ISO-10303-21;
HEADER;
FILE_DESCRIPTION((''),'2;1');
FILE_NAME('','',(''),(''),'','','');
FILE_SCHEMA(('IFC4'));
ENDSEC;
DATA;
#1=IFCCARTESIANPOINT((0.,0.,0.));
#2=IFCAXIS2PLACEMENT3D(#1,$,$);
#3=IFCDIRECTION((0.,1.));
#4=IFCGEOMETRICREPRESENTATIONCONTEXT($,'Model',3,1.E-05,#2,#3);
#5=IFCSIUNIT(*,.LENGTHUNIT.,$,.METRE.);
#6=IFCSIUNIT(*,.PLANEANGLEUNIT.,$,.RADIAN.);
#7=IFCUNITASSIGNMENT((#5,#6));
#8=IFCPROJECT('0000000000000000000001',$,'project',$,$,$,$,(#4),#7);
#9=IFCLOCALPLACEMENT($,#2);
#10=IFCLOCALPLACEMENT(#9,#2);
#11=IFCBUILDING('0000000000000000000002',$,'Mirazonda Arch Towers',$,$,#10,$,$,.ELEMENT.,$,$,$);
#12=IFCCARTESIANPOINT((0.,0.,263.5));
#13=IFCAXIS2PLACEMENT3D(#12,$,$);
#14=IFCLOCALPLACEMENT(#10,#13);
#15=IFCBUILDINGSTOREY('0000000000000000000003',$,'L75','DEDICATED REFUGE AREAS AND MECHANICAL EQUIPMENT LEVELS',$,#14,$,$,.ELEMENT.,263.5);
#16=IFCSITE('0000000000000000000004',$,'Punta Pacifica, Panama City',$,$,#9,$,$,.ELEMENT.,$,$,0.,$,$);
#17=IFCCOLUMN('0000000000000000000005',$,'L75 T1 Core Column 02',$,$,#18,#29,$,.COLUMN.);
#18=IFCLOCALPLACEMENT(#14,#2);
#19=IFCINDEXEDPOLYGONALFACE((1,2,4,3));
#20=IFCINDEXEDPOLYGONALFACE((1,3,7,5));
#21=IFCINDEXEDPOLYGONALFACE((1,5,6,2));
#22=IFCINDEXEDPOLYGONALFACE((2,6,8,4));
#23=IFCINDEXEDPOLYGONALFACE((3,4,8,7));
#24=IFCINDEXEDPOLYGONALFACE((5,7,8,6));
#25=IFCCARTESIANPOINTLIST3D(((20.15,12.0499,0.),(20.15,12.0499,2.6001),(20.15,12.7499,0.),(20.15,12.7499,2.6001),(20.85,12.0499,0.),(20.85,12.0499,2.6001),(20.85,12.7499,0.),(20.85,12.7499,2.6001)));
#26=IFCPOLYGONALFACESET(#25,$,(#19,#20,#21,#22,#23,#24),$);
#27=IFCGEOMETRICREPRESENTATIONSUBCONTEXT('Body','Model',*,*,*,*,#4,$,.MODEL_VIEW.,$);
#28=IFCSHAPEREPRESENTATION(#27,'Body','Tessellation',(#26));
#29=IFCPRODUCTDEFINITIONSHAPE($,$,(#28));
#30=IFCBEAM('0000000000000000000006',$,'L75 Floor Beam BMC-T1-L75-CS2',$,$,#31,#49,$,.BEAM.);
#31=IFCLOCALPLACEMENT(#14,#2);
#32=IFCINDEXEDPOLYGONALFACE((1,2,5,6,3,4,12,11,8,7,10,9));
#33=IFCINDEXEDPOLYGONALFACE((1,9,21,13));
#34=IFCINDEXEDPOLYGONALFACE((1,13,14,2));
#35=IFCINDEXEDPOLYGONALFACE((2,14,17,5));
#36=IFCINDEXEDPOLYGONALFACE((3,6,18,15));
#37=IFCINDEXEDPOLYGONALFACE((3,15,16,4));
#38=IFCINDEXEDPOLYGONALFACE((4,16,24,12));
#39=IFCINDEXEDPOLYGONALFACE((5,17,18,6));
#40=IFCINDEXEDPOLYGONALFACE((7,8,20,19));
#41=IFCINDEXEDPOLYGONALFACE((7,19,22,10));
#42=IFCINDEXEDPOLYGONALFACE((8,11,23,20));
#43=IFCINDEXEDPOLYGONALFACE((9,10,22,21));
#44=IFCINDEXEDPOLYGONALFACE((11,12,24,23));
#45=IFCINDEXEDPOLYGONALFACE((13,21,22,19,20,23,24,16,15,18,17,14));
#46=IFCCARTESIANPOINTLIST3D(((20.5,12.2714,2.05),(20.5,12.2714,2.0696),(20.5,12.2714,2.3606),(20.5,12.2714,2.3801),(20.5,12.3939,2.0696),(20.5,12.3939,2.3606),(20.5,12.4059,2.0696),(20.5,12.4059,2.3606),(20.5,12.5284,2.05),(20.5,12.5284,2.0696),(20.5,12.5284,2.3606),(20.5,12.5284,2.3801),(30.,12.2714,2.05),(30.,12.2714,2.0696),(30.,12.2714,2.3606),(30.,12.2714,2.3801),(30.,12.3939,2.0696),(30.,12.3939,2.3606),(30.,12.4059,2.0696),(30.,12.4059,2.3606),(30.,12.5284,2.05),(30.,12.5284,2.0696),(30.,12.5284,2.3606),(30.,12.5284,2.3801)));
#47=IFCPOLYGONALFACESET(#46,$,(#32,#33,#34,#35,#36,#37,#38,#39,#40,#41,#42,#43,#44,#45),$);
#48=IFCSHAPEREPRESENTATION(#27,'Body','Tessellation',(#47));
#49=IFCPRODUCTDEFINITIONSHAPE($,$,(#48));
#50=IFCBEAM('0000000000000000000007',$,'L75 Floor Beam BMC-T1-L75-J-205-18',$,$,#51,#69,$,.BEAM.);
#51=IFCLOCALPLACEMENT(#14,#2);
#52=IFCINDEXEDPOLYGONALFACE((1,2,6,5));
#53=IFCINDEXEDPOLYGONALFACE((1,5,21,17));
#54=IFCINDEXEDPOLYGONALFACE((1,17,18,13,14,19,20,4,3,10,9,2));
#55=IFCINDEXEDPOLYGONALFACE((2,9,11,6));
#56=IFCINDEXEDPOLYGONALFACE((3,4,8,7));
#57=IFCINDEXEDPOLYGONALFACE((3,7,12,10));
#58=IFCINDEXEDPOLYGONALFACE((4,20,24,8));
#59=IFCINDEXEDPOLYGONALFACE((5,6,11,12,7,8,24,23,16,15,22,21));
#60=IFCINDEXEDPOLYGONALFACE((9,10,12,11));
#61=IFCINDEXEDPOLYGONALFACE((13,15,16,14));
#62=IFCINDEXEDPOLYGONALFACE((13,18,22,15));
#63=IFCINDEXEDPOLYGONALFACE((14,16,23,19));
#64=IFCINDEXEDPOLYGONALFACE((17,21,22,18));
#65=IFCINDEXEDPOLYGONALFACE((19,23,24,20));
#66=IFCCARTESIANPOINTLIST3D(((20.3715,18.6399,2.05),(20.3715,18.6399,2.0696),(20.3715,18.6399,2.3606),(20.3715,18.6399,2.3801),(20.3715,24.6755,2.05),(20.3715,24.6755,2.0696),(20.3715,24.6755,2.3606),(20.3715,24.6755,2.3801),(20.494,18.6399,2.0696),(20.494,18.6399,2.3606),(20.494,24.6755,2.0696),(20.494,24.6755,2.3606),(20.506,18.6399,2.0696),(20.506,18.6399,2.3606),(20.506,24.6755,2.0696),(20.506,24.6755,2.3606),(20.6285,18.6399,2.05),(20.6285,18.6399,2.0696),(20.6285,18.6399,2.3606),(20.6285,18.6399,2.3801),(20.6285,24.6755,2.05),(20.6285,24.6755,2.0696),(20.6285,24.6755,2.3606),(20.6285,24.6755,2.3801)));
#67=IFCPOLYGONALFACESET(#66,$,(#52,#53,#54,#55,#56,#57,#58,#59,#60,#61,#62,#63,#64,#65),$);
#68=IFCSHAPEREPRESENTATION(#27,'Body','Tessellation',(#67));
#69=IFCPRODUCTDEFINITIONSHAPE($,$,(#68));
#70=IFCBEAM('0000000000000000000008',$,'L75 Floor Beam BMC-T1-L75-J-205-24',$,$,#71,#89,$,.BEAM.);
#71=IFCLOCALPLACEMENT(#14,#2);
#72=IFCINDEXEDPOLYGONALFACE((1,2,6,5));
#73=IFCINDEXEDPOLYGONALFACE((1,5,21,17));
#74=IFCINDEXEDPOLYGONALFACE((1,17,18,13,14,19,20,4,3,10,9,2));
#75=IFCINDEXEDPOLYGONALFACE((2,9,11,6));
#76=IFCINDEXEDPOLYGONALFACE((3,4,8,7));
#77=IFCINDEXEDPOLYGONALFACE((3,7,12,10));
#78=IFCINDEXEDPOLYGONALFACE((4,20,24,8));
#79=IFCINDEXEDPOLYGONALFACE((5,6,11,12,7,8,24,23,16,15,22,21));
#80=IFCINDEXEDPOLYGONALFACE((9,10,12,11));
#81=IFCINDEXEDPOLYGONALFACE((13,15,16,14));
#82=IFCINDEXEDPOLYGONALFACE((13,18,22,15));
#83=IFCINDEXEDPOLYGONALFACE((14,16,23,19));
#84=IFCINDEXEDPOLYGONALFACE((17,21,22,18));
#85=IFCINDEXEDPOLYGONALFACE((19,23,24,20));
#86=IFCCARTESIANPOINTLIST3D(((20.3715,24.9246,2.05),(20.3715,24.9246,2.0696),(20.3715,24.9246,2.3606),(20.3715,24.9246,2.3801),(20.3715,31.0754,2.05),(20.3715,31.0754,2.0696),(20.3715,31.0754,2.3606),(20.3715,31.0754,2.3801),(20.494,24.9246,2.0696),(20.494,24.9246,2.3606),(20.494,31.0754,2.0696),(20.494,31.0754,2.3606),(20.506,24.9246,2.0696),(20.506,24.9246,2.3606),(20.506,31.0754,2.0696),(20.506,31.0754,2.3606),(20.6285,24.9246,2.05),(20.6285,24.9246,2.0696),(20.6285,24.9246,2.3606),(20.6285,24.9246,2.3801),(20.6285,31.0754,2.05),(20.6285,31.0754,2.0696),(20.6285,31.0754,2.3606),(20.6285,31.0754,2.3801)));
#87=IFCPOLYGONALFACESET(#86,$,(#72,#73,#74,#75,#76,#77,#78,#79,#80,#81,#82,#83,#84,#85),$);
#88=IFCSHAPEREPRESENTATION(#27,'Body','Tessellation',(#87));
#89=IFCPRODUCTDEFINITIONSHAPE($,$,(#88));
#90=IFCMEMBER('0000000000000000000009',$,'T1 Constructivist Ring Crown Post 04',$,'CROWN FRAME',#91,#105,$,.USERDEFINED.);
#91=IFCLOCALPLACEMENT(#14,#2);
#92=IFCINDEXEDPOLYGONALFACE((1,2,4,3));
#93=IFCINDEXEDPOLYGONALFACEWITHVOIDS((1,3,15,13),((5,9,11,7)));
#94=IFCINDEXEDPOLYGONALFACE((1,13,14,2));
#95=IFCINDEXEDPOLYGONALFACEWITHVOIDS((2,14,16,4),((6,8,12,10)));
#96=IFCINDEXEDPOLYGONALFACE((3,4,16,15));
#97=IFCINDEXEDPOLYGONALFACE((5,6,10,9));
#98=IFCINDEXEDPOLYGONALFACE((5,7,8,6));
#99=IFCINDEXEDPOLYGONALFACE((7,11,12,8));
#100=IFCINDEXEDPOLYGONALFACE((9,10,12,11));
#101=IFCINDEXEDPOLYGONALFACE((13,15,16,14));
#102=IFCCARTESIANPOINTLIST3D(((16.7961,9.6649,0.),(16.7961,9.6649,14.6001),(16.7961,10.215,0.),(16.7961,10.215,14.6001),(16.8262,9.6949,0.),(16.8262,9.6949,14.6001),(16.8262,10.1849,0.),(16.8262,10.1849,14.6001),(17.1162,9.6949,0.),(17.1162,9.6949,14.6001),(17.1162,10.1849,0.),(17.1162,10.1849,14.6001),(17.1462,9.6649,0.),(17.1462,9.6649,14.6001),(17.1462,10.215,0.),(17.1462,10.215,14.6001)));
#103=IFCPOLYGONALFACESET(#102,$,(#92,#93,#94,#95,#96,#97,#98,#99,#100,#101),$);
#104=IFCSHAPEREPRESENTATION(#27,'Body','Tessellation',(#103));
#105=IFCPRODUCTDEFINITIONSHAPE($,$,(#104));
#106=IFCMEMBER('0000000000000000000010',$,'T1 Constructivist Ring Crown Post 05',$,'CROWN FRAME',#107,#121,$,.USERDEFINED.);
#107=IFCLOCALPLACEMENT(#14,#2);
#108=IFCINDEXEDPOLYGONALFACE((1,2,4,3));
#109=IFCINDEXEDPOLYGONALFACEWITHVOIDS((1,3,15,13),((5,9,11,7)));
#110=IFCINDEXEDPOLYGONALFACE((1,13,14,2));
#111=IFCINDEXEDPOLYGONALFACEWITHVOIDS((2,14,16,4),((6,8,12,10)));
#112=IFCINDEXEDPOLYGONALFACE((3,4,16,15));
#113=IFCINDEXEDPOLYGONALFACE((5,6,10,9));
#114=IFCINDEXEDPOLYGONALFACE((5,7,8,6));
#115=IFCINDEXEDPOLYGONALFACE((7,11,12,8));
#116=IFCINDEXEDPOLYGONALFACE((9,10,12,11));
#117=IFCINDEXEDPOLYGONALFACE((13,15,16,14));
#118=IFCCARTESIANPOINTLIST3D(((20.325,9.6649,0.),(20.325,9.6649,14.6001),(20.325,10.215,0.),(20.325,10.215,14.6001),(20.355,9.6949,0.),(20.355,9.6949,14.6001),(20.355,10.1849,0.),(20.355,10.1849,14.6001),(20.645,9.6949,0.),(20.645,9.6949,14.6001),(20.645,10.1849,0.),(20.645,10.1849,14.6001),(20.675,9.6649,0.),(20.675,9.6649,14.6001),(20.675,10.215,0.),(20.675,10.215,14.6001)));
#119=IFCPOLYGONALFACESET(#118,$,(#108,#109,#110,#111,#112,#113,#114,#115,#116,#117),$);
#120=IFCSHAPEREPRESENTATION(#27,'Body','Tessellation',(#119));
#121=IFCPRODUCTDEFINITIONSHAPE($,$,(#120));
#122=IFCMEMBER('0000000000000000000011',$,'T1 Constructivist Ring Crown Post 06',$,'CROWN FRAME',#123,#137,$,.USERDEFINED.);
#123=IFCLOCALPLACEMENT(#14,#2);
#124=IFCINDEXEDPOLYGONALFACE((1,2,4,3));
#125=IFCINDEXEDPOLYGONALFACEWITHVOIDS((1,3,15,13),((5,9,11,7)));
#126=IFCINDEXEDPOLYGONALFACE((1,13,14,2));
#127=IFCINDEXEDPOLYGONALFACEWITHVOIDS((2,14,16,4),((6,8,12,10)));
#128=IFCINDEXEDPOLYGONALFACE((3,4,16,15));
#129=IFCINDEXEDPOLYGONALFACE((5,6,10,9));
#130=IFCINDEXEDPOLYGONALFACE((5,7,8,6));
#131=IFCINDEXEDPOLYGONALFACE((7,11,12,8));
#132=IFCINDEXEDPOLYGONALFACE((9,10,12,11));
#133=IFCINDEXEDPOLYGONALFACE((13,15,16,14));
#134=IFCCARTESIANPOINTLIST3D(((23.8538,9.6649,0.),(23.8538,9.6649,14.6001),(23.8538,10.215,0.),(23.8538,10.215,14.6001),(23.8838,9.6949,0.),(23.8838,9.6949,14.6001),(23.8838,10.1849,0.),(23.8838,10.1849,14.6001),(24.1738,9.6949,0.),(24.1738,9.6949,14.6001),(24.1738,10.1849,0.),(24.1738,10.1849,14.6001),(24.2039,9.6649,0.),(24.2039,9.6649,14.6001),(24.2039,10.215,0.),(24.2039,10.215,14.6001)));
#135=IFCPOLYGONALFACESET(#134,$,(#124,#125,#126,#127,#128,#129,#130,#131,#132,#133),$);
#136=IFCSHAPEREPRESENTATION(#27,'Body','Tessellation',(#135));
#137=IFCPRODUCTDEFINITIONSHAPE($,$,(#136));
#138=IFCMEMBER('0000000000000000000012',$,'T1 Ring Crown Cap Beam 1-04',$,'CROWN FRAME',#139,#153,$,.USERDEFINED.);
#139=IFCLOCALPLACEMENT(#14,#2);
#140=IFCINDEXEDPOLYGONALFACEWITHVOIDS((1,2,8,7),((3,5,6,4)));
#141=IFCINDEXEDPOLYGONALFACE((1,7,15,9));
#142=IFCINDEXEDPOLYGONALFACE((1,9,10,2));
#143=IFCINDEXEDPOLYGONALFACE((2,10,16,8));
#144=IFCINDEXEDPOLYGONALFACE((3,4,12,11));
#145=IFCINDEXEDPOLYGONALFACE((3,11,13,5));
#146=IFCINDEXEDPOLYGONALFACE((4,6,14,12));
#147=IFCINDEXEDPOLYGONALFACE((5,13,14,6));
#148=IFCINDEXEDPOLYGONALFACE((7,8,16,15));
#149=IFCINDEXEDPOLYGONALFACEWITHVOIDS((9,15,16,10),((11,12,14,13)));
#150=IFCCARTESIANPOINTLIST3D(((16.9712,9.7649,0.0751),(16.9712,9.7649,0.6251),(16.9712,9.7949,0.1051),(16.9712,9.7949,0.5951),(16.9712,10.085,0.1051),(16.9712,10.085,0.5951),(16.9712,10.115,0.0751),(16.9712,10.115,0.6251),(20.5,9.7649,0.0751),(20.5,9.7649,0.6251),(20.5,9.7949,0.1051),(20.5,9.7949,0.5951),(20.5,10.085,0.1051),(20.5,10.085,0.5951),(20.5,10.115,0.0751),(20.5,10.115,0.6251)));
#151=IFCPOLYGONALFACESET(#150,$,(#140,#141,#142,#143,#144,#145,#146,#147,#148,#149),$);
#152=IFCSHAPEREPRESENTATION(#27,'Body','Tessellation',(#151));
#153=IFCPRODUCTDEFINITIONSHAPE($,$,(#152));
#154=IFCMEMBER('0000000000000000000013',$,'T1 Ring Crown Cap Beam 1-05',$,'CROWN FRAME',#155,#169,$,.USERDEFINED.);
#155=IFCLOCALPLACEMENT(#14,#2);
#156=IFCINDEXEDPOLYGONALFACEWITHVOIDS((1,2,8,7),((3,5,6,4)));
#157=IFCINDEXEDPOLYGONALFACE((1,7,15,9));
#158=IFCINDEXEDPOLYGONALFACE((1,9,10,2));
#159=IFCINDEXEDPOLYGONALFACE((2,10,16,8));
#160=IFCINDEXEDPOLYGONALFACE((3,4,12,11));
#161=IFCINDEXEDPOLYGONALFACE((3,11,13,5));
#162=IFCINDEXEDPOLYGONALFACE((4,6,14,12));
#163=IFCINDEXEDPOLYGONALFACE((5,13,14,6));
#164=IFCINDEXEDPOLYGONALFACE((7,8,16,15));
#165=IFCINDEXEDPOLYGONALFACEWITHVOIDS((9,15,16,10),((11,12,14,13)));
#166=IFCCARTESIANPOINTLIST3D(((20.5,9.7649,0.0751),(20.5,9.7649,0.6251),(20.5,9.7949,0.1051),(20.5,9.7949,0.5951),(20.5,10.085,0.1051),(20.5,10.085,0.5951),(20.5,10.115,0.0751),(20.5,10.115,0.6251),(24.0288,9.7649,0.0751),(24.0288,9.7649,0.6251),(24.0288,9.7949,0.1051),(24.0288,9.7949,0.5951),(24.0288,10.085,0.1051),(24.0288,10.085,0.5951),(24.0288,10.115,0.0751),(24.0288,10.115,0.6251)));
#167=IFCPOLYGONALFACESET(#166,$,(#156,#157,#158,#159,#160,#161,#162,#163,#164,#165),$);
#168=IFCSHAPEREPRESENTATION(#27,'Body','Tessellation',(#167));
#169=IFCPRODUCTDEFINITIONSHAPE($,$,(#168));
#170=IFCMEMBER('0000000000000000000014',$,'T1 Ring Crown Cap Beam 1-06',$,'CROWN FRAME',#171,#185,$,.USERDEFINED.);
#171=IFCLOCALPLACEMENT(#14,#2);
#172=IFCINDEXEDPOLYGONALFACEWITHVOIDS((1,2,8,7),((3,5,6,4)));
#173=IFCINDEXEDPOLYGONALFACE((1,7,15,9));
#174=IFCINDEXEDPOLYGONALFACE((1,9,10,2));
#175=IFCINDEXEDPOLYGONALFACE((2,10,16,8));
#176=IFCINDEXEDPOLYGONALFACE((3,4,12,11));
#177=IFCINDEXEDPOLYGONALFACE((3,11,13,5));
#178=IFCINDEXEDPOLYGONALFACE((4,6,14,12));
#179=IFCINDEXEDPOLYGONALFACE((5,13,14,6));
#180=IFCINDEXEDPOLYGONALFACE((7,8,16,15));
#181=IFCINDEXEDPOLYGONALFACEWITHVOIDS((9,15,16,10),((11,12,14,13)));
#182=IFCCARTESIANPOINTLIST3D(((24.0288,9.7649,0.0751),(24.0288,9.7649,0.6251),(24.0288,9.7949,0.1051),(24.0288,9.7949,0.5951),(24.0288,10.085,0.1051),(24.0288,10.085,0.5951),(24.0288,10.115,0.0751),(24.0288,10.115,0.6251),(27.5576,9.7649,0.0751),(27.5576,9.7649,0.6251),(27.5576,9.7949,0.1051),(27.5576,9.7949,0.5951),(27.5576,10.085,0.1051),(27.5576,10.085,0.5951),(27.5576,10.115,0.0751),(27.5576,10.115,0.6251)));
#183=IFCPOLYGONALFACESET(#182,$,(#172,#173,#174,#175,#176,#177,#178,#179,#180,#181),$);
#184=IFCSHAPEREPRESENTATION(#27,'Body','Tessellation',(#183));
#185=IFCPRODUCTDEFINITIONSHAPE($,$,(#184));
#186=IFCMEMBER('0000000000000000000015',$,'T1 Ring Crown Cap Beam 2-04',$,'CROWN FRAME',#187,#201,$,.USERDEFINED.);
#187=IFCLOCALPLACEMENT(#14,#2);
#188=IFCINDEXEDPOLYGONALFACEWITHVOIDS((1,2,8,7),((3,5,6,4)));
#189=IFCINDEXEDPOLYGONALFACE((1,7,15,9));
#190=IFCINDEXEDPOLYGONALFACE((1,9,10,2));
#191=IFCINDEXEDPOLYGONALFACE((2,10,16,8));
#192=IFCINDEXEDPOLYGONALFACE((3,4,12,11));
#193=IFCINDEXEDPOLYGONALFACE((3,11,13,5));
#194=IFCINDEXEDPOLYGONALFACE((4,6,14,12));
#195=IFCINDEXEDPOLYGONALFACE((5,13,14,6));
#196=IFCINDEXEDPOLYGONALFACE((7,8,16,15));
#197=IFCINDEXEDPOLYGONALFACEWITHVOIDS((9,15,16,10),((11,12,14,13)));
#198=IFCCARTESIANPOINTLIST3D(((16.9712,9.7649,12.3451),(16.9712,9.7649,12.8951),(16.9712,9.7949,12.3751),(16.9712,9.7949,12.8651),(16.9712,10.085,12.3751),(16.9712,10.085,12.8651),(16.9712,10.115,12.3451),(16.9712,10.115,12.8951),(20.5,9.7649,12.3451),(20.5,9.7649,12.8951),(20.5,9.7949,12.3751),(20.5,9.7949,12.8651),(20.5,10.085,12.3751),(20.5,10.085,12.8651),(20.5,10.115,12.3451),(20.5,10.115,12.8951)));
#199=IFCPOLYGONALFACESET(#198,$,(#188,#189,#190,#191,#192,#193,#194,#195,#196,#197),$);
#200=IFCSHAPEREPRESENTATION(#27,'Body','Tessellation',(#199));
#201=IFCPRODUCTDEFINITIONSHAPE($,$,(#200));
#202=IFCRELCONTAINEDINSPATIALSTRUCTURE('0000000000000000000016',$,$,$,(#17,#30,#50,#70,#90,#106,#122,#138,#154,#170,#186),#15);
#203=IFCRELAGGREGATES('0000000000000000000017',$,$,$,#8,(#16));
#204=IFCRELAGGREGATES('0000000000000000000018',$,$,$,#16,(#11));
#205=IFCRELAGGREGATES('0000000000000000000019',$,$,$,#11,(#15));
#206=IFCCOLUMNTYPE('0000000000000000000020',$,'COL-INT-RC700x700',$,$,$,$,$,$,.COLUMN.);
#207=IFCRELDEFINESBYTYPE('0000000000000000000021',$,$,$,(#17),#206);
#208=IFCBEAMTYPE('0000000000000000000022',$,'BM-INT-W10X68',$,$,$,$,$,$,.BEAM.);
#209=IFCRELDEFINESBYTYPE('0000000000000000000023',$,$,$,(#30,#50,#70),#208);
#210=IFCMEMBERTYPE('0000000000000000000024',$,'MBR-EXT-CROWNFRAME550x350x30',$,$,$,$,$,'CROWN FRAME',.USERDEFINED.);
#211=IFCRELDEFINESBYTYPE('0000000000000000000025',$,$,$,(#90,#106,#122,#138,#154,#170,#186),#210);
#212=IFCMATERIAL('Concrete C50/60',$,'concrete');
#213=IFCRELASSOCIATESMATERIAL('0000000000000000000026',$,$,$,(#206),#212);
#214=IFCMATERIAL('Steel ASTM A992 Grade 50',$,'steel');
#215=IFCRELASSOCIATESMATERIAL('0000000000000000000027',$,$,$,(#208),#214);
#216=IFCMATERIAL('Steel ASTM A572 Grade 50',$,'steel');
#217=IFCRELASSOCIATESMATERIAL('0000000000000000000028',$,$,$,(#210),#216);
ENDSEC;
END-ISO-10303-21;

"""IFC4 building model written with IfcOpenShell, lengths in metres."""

from ifc_helpers import new_model, si_unit, direction, frame, origin, origin_2d, place, context, subcontext, project, spatial, rectangle, hollow_rectangle, i_section, extrude, material, material_profile, profile_set, type_object, element, save


model = new_model("IFC4")

# Units and contexts
model_context = context("Model", 3, precision=1e-05, world=origin(), true_north=direction((0.0, 1.0)))
body_context = subcontext(model_context, "Body", "Model", "MODEL_VIEW")
ifc_project = project(units=[si_unit("LENGTHUNIT", "METRE"), si_unit("PLANEANGLEUNIT", "RADIAN")], contexts=[model_context])

# Site, building, storey
site_placement = place(None, origin())
site = spatial("IfcSite", under=ifc_project, at=site_placement, Name="Punta Pacifica, Panama City", CompositionType="ELEMENT", RefElevation=0.0)
building_placement = place(site_placement, origin())
building = spatial("IfcBuilding", under=site, at=building_placement, Name="Mirazonda Arch Towers", CompositionType="ELEMENT")
storey_placement = place(building_placement, frame((0.0, 0.0, 263.5)))
storey = spatial("IfcBuildingStorey", under=building, at=storey_placement, Name="L75", Description="DEDICATED REFUGE AREAS AND MECHANICAL EQUIPMENT LEVELS", CompositionType="ELEMENT", Elevation=263.5)

# Column
ifc_material_1 = material(Name="Concrete C50/60", Category="concrete")
ifc_material_profile_1 = material_profile(ifc_material_1, rectangle(XDim=0.7, YDim=0.7, at=origin_2d()), Name="RC700x700")
ifc_profile_set_1 = profile_set([ifc_material_profile_1], Name="Concrete C50/60")
column_type = type_object("IfcColumnType", Name="COL-INT-RC700x700", PredefinedType="COLUMN", material=ifc_profile_set_1)
column_placement = place(storey_placement, frame((20.5, 12.3999, 0.0), z_axis=(0.0, 0.0, 1.0), x_axis=(1.0, 0.0, 0.0)))
element("IfcColumn", 1, at=column_placement, inside=storey, type_object=column_type, Name="L75 T1 Core Column 02", PredefinedType="COLUMN", context=body_context, shape_type="SweptSolid", body=[
    extrude(rectangle(XDim=0.7, YDim=0.7, at=origin_2d()), origin(), (0.0, 0.0, 1.0), 2.6001),
])

# Beams
ifc_material_2 = material(Name="Steel ASTM A992 Grade 50", Category="steel")
ifc_material_profile_2 = material_profile(ifc_material_2, i_section(OverallWidth=0.2571, OverallDepth=0.3301, WebThickness=0.012, FlangeThickness=0.0195, at=origin_2d()), Name="W10X68")
ifc_profile_set_2 = profile_set([ifc_material_profile_2], Name="Steel ASTM A992 Grade 50")
beam_type = type_object("IfcBeamType", Name="BM-INT-W10X68", PredefinedType="BEAM", material=ifc_profile_set_2)
beam_1_placement = place(storey_placement, frame((20.5, 12.3999, 2.2151), z_axis=(1.0, 0.0, 0.0), x_axis=(0.0, 1.0, 0.0)))
element("IfcBeam", 2, at=beam_1_placement, inside=storey, type_object=beam_type, Name="L75 Floor Beam BMC-T1-L75-CS2", PredefinedType="BEAM", context=body_context, shape_type="SweptSolid", body=[
    extrude(i_section(OverallWidth=0.2571, OverallDepth=0.3301, WebThickness=0.012, FlangeThickness=0.0195, at=origin_2d()), origin(), (0.0, 0.0, 1.0), 9.5),
])
beam_2_placement = place(storey_placement, frame((20.5, 18.6399, 2.2151), z_axis=(0.0, 1.0, 0.0), x_axis=(-1.0, 0.0, 0.0)))
element("IfcBeam", 3, at=beam_2_placement, inside=storey, type_object=beam_type, Name="L75 Floor Beam BMC-T1-L75-J-205-18", PredefinedType="BEAM", context=body_context, shape_type="SweptSolid", body=[
    extrude(i_section(OverallWidth=0.2571, OverallDepth=0.3301, WebThickness=0.012, FlangeThickness=0.0195, at=origin_2d()), origin(), (0.0, 0.0, 1.0), 6.0356),
])
beam_3_placement = place(storey_placement, frame((20.5, 24.9246, 2.2151), z_axis=(0.0, 1.0, 0.0), x_axis=(-1.0, 0.0, 0.0)))
element("IfcBeam", 4, at=beam_3_placement, inside=storey, type_object=beam_type, Name="L75 Floor Beam BMC-T1-L75-J-205-24", PredefinedType="BEAM", context=body_context, shape_type="SweptSolid", body=[
    extrude(i_section(OverallWidth=0.2571, OverallDepth=0.3301, WebThickness=0.012, FlangeThickness=0.0195, at=origin_2d()), origin(), (0.0, 0.0, 1.0), 6.1509),
])

# Members
ifc_material_3 = material(Name="Steel ASTM A572 Grade 50", Category="steel")
ifc_material_profile_3 = material_profile(ifc_material_3, hollow_rectangle(XDim=0.3501, YDim=0.55, WallThickness=0.03, at=origin_2d()), Name="CROWNFRAME550x350x30")
ifc_profile_set_3 = profile_set([ifc_material_profile_3], Name="Steel ASTM A572 Grade 50")
member_type = type_object("IfcMemberType", Name="MBR-EXT-CROWNFRAME550x350x30", ElementType="CROWN FRAME", PredefinedType="USERDEFINED", material=ifc_profile_set_3)
for number, where, z_axis, x_axis, name in (
    (5, (16.9712, 9.9399, 0.0), (0.0, 0.0, 1.0), (1.0, 0.0, 0.0), "T1 Constructivist Ring Crown Post 04"),
    (6, (20.5, 9.9399, 0.0), (0.0, 0.0, 1.0), (1.0, 0.0, 0.0), "T1 Constructivist Ring Crown Post 05"),
    (7, (24.0288, 9.9399, 0.0), (0.0, 0.0, 1.0), (1.0, 0.0, 0.0), "T1 Constructivist Ring Crown Post 06"),
):
    element("IfcMember", number, at=place(storey_placement, frame(where, z_axis=z_axis, x_axis=x_axis)), inside=storey, type_object=member_type, Name=name, ObjectType="CROWN FRAME", PredefinedType="USERDEFINED", context=body_context, shape_type="SweptSolid", body=[
        extrude(hollow_rectangle(XDim=0.3501, YDim=0.55, WallThickness=0.03, at=origin_2d()), origin(), (0.0, 0.0, 1.0), 14.6001),
    ])
for number, where, z_axis, x_axis, name in (
    (8, (16.9712, 9.9399, 0.3501), (1.0, 0.0, 0.0), (0.0, 1.0, 0.0), "T1 Ring Crown Cap Beam 1-04"),
    (9, (20.5, 9.9399, 0.3501), (1.0, 0.0, 0.0), (0.0, 1.0, 0.0), "T1 Ring Crown Cap Beam 1-05"),
    (10, (24.0288, 9.9399, 0.3501), (1.0, 0.0, 0.0), (0.0, 1.0, 0.0), "T1 Ring Crown Cap Beam 1-06"),
    (11, (16.9712, 9.9399, 12.6201), (1.0, 0.0, 0.0), (0.0, 1.0, 0.0), "T1 Ring Crown Cap Beam 2-04"),
):
    element("IfcMember", number, at=place(storey_placement, frame(where, z_axis=z_axis, x_axis=x_axis)), inside=storey, type_object=member_type, Name=name, ObjectType="CROWN FRAME", PredefinedType="USERDEFINED", context=body_context, shape_type="SweptSolid", body=[
        extrude(hollow_rectangle(XDim=0.3501, YDim=0.55, WallThickness=0.03, at=origin_2d()), origin(), (0.0, 0.0, 1.0), 3.5288),
    ])

save(model, "model.ifc")
